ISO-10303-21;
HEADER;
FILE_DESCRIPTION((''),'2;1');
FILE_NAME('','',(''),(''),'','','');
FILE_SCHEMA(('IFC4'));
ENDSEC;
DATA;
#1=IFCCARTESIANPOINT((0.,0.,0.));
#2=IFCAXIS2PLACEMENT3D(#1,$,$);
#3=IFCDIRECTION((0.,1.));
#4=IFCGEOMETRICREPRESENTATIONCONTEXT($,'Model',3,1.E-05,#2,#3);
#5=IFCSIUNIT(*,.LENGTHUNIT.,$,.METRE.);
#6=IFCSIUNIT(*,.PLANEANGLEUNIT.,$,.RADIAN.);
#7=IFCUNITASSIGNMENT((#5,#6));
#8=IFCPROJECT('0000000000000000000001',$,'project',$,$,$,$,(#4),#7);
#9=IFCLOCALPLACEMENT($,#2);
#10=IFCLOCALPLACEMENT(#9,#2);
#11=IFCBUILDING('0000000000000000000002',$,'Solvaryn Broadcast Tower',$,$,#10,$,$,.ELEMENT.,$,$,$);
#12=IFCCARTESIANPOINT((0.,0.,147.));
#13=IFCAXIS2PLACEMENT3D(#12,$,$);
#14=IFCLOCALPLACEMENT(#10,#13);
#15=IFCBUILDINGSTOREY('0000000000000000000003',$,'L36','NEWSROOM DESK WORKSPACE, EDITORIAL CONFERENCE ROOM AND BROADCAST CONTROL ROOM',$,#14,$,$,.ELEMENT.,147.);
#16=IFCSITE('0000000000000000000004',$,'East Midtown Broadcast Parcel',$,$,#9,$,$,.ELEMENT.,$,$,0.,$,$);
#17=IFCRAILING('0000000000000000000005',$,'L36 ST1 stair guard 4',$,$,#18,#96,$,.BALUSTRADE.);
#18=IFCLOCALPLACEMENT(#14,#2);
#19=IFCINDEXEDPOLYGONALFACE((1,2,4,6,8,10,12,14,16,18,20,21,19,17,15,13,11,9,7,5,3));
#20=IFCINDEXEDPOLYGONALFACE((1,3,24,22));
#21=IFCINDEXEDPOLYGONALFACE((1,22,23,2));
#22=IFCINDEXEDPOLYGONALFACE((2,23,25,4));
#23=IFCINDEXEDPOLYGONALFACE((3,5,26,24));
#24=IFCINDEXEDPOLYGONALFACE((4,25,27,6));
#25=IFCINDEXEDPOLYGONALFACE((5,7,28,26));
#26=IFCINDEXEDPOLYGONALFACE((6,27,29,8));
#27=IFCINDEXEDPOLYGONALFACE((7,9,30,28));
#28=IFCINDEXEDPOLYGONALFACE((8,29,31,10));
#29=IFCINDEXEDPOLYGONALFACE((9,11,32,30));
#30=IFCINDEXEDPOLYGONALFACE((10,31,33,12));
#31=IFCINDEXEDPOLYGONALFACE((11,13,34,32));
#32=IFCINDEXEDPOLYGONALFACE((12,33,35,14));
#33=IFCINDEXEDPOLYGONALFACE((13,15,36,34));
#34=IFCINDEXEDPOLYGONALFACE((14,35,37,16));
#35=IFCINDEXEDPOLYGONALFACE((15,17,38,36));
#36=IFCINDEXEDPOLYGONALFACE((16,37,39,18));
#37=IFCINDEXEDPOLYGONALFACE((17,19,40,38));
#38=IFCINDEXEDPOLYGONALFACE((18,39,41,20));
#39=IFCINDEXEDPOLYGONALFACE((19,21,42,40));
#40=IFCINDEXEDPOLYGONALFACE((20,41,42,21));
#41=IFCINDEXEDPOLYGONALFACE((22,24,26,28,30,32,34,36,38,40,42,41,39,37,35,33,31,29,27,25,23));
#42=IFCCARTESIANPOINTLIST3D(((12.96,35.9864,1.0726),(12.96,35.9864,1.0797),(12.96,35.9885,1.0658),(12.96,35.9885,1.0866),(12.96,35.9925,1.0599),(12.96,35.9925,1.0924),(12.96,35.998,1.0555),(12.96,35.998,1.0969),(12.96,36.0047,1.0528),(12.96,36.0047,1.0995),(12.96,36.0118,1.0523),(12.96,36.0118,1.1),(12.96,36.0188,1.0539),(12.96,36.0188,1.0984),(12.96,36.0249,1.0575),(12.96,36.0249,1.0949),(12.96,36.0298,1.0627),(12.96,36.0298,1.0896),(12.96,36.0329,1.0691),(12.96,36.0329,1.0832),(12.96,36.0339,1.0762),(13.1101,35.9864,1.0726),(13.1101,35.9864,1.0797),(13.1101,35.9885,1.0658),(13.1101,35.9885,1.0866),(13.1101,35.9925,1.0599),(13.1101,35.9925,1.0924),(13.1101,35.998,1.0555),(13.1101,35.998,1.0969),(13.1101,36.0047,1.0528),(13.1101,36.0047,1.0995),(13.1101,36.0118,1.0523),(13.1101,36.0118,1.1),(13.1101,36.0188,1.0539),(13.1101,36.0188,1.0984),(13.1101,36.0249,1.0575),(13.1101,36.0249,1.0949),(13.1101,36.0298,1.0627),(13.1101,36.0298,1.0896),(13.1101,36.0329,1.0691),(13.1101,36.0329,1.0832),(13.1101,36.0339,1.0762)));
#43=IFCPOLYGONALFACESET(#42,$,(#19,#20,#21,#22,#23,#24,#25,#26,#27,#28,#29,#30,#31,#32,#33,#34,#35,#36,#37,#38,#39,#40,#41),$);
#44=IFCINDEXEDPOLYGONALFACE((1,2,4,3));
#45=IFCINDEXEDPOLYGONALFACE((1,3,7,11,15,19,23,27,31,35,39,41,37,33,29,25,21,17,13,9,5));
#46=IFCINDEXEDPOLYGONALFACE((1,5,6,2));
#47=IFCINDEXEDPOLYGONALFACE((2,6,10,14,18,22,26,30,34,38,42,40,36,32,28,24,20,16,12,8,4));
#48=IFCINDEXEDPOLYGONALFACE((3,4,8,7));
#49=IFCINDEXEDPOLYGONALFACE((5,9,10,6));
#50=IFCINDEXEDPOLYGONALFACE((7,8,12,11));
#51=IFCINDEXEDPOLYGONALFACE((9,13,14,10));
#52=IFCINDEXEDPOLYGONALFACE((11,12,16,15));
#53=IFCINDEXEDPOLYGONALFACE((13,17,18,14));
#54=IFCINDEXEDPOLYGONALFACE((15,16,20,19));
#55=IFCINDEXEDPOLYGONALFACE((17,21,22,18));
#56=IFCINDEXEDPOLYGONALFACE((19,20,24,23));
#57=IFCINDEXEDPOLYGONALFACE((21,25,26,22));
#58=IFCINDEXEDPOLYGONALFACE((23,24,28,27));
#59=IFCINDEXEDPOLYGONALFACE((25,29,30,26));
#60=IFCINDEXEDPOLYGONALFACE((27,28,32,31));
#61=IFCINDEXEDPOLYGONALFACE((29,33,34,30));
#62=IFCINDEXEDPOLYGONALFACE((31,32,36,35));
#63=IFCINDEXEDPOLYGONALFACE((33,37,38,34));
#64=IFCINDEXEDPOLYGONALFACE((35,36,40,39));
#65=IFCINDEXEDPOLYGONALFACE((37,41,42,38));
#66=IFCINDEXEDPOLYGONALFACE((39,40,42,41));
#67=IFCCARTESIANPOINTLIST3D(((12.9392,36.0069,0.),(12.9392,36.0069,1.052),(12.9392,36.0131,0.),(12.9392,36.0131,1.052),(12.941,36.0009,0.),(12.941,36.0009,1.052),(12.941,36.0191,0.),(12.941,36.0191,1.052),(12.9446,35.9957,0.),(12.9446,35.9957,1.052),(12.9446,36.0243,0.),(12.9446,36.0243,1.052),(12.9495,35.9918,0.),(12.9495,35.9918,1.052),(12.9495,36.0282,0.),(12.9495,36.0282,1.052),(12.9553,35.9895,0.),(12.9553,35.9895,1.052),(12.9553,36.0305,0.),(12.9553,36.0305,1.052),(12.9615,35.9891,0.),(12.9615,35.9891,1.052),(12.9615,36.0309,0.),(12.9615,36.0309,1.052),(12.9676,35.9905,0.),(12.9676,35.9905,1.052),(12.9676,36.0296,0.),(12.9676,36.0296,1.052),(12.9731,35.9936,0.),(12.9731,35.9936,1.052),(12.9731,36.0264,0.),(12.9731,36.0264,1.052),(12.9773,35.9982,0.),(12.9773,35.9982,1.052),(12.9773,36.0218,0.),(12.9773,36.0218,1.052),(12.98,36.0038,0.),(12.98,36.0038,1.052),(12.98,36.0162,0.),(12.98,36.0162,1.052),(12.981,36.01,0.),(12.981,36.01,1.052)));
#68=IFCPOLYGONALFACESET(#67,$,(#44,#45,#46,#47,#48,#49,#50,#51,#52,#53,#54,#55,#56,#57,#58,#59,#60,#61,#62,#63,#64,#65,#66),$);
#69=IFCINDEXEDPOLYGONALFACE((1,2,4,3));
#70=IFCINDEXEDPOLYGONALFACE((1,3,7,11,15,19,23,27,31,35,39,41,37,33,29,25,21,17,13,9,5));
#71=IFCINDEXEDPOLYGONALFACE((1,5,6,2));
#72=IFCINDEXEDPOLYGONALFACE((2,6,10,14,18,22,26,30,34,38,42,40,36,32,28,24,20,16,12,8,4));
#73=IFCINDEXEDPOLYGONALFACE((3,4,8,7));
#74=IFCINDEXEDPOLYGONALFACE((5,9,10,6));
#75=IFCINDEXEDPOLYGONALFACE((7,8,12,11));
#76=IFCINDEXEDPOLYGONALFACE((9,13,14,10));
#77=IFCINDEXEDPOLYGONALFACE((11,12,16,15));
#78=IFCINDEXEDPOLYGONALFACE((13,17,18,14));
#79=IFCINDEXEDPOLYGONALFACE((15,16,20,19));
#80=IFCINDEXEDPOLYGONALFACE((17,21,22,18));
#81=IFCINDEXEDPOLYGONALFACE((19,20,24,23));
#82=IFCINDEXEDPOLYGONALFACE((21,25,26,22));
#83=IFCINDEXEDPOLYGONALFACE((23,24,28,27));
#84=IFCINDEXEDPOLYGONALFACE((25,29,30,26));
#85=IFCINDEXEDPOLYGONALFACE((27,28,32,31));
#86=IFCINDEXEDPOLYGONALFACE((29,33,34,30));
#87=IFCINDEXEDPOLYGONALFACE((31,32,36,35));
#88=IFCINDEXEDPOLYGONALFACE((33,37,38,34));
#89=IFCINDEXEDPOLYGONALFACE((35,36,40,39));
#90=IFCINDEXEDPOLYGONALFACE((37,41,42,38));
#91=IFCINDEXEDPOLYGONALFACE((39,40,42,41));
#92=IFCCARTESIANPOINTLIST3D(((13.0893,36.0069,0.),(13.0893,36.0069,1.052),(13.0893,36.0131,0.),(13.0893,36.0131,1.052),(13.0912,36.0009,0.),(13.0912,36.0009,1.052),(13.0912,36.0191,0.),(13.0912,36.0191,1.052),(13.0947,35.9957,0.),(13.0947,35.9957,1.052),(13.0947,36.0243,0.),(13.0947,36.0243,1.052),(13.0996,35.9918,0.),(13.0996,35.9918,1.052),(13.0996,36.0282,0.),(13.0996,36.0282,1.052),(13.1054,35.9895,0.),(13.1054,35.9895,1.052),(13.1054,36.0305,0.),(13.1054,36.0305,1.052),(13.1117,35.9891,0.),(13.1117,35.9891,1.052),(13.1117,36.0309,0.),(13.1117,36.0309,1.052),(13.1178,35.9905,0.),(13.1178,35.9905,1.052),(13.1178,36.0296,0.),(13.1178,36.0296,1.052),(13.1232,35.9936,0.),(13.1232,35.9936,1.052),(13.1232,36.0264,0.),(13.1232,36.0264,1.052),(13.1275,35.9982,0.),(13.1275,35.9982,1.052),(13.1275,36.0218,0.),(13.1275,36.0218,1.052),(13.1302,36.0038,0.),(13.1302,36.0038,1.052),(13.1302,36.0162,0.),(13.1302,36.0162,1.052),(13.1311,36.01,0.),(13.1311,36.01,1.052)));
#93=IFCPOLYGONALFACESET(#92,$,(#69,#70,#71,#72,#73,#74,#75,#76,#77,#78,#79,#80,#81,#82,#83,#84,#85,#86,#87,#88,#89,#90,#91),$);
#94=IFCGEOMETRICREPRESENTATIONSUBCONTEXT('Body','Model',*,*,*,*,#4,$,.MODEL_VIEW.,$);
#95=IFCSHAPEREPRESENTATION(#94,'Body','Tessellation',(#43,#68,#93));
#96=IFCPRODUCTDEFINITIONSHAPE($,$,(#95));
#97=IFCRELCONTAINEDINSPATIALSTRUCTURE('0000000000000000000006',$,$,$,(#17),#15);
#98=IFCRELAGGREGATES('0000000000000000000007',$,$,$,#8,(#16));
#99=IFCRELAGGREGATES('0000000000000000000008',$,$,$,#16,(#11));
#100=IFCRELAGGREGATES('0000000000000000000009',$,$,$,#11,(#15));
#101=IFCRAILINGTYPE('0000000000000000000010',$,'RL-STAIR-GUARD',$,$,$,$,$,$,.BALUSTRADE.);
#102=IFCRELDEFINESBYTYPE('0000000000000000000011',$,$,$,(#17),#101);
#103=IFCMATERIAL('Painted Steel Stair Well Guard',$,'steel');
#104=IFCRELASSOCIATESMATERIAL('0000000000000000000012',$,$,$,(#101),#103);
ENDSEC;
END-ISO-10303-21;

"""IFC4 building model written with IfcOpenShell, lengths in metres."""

from ifc_helpers import new_model, si_unit, direction, frame, origin, origin_2d, place, context, subcontext, project, spatial, circle, extrude, material, type_object, element, save


model = new_model("IFC4")

# Units and contexts
model_context = context("Model", 3, precision=1e-05, world=origin(), true_north=direction((0.0, 1.0)))
body_context = subcontext(model_context, "Body", "Model", "MODEL_VIEW")
ifc_project = project(units=[si_unit("LENGTHUNIT", "METRE"), si_unit("PLANEANGLEUNIT", "RADIAN")], contexts=[model_context])

# Site, building, storey
site_placement = place(None, origin())
site = spatial("IfcSite", under=ifc_project, at=site_placement, Name="East Midtown Broadcast Parcel", CompositionType="ELEMENT", RefElevation=0.0)
building_placement = place(site_placement, origin())
building = spatial("IfcBuilding", under=site, at=building_placement, Name="Solvaryn Broadcast Tower", CompositionType="ELEMENT")
storey_placement = place(building_placement, frame((0.0, 0.0, 147.0)))
storey = spatial("IfcBuildingStorey", under=building, at=storey_placement, Name="L36", Description="NEWSROOM DESK WORKSPACE, EDITORIAL CONFERENCE ROOM AND BROADCAST CONTROL ROOM", CompositionType="ELEMENT", Elevation=147.0)

# Railing
ifc_material_1 = material(Name="Painted Steel Stair Well Guard", Category="steel")
railing_type_1 = type_object("IfcRailingType", Name="RL-STAIR-GUARD", PredefinedType="BALUSTRADE", material=ifc_material_1)
railing_1_placement = place(storey_placement, frame((12.96, 36.01, 0.0)))
element("IfcRailing", 1, at=railing_1_placement, inside=storey, type_object=railing_type_1, Name="L36 ST1 stair guard 4", PredefinedType="BALUSTRADE", context=body_context, shape_type="SweptSolid", body=[
    extrude(circle(Radius=0.0239, at=origin_2d()), frame((0.0, 0.0, 1.0762), z_axis=(1.0, 0.0, 0.0), x_axis=(0.0, 1.0, 0.0)), (0.0, 0.0, 1.0), 0.1501),
    extrude(circle(Radius=0.021, at=origin_2d()), origin(), (0.0, 0.0, 1.0), 1.052),
    extrude(circle(Radius=0.021, at=origin_2d()), frame((0.1501, 0.0, 0.0)), (0.0, 0.0, 1.0), 1.052),
])

save(model, "model.ifc")
